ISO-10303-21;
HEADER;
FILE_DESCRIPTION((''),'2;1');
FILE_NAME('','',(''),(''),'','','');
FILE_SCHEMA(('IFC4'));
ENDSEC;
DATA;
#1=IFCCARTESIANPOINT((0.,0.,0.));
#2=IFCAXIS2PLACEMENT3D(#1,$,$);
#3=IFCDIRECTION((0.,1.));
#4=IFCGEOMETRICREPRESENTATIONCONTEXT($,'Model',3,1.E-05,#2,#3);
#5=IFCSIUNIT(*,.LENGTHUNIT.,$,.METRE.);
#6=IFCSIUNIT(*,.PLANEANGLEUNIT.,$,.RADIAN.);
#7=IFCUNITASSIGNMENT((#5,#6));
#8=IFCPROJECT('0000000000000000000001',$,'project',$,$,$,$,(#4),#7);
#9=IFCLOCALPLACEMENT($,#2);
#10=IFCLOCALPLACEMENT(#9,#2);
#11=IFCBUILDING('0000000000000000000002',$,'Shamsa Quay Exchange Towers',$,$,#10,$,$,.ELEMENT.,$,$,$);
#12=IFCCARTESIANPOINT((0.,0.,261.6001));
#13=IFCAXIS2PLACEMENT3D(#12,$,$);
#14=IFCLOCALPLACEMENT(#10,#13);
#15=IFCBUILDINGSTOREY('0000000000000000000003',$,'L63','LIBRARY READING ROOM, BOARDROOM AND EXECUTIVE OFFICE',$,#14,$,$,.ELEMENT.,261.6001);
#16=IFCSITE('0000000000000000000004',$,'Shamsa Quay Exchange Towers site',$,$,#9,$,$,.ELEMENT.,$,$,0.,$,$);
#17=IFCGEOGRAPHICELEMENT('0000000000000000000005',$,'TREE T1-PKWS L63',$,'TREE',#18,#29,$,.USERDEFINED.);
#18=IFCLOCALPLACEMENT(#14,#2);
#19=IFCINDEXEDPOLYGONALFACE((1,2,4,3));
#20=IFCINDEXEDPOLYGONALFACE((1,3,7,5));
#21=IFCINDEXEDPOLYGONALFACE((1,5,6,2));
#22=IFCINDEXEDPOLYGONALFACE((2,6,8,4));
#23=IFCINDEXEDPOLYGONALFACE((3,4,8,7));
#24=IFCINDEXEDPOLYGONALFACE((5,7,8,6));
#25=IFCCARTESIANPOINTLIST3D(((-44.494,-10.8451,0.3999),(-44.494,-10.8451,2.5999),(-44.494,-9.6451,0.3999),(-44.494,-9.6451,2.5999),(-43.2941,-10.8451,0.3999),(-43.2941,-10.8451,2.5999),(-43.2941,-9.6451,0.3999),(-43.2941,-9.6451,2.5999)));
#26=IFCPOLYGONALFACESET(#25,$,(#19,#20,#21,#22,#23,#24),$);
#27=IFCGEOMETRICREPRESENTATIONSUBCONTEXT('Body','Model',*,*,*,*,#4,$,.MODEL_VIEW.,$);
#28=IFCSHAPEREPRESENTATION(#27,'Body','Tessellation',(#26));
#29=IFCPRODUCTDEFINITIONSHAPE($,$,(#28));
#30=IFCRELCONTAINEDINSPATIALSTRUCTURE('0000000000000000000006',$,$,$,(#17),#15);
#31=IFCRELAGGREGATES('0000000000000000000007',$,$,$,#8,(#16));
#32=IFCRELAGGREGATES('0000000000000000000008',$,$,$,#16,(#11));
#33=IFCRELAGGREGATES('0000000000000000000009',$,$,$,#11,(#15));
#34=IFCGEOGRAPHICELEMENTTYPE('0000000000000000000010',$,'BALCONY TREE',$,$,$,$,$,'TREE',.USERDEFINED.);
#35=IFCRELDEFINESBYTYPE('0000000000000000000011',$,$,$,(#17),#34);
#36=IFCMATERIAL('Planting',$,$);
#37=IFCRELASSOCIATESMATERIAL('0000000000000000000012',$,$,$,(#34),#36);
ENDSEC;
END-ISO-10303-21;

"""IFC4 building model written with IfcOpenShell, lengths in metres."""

from ifc_helpers import new_model, si_unit, direction, frame, origin, origin_2d, place, context, subcontext, project, spatial, rectangle, extrude, material, type_object, element, save


model = new_model("IFC4")

# Units and contexts
model_context = context("Model", 3, precision=1e-05, world=origin(), true_north=direction((0.0, 1.0)))
body_context = subcontext(model_context, "Body", "Model", "MODEL_VIEW")
ifc_project = project(units=[si_unit("LENGTHUNIT", "METRE"), si_unit("PLANEANGLEUNIT", "RADIAN")], contexts=[model_context])

# Site, building, storey
site_placement = place(None, origin())
site = spatial("IfcSite", under=ifc_project, at=site_placement, Name="Shamsa Quay Exchange Towers site", CompositionType="ELEMENT", RefElevation=0.0)
building_placement = place(site_placement, origin())
building = spatial("IfcBuilding", under=site, at=building_placement, Name="Shamsa Quay Exchange Towers", CompositionType="ELEMENT")
storey_placement = place(building_placement, frame((0.0, 0.0, 261.6001)))
storey = spatial("IfcBuildingStorey", under=building, at=storey_placement, Name="L63", Description="LIBRARY READING ROOM, BOARDROOM AND EXECUTIVE OFFICE", CompositionType="ELEMENT", Elevation=261.6001)

# Geographic element
ifc_material_1 = material(Name="Planting")
geographic_element_type = type_object("IfcGeographicElementType", Name="BALCONY TREE", ElementType="TREE", PredefinedType="USERDEFINED", material=ifc_material_1)
geographic_element_placement = place(storey_placement, frame((-43.894, -10.2451, 0.3999)))
element("IfcGeographicElement", 1, at=geographic_element_placement, inside=storey, type_object=geographic_element_type, Name="TREE T1-PKWS L63", ObjectType="TREE", PredefinedType="USERDEFINED", context=body_context, shape_type="SweptSolid", body=[
    extrude(rectangle(XDim=1.2, YDim=1.2, at=origin_2d()), origin(), (0.0, 0.0, 1.0), 2.2),
])

save(model, "model.ifc")
